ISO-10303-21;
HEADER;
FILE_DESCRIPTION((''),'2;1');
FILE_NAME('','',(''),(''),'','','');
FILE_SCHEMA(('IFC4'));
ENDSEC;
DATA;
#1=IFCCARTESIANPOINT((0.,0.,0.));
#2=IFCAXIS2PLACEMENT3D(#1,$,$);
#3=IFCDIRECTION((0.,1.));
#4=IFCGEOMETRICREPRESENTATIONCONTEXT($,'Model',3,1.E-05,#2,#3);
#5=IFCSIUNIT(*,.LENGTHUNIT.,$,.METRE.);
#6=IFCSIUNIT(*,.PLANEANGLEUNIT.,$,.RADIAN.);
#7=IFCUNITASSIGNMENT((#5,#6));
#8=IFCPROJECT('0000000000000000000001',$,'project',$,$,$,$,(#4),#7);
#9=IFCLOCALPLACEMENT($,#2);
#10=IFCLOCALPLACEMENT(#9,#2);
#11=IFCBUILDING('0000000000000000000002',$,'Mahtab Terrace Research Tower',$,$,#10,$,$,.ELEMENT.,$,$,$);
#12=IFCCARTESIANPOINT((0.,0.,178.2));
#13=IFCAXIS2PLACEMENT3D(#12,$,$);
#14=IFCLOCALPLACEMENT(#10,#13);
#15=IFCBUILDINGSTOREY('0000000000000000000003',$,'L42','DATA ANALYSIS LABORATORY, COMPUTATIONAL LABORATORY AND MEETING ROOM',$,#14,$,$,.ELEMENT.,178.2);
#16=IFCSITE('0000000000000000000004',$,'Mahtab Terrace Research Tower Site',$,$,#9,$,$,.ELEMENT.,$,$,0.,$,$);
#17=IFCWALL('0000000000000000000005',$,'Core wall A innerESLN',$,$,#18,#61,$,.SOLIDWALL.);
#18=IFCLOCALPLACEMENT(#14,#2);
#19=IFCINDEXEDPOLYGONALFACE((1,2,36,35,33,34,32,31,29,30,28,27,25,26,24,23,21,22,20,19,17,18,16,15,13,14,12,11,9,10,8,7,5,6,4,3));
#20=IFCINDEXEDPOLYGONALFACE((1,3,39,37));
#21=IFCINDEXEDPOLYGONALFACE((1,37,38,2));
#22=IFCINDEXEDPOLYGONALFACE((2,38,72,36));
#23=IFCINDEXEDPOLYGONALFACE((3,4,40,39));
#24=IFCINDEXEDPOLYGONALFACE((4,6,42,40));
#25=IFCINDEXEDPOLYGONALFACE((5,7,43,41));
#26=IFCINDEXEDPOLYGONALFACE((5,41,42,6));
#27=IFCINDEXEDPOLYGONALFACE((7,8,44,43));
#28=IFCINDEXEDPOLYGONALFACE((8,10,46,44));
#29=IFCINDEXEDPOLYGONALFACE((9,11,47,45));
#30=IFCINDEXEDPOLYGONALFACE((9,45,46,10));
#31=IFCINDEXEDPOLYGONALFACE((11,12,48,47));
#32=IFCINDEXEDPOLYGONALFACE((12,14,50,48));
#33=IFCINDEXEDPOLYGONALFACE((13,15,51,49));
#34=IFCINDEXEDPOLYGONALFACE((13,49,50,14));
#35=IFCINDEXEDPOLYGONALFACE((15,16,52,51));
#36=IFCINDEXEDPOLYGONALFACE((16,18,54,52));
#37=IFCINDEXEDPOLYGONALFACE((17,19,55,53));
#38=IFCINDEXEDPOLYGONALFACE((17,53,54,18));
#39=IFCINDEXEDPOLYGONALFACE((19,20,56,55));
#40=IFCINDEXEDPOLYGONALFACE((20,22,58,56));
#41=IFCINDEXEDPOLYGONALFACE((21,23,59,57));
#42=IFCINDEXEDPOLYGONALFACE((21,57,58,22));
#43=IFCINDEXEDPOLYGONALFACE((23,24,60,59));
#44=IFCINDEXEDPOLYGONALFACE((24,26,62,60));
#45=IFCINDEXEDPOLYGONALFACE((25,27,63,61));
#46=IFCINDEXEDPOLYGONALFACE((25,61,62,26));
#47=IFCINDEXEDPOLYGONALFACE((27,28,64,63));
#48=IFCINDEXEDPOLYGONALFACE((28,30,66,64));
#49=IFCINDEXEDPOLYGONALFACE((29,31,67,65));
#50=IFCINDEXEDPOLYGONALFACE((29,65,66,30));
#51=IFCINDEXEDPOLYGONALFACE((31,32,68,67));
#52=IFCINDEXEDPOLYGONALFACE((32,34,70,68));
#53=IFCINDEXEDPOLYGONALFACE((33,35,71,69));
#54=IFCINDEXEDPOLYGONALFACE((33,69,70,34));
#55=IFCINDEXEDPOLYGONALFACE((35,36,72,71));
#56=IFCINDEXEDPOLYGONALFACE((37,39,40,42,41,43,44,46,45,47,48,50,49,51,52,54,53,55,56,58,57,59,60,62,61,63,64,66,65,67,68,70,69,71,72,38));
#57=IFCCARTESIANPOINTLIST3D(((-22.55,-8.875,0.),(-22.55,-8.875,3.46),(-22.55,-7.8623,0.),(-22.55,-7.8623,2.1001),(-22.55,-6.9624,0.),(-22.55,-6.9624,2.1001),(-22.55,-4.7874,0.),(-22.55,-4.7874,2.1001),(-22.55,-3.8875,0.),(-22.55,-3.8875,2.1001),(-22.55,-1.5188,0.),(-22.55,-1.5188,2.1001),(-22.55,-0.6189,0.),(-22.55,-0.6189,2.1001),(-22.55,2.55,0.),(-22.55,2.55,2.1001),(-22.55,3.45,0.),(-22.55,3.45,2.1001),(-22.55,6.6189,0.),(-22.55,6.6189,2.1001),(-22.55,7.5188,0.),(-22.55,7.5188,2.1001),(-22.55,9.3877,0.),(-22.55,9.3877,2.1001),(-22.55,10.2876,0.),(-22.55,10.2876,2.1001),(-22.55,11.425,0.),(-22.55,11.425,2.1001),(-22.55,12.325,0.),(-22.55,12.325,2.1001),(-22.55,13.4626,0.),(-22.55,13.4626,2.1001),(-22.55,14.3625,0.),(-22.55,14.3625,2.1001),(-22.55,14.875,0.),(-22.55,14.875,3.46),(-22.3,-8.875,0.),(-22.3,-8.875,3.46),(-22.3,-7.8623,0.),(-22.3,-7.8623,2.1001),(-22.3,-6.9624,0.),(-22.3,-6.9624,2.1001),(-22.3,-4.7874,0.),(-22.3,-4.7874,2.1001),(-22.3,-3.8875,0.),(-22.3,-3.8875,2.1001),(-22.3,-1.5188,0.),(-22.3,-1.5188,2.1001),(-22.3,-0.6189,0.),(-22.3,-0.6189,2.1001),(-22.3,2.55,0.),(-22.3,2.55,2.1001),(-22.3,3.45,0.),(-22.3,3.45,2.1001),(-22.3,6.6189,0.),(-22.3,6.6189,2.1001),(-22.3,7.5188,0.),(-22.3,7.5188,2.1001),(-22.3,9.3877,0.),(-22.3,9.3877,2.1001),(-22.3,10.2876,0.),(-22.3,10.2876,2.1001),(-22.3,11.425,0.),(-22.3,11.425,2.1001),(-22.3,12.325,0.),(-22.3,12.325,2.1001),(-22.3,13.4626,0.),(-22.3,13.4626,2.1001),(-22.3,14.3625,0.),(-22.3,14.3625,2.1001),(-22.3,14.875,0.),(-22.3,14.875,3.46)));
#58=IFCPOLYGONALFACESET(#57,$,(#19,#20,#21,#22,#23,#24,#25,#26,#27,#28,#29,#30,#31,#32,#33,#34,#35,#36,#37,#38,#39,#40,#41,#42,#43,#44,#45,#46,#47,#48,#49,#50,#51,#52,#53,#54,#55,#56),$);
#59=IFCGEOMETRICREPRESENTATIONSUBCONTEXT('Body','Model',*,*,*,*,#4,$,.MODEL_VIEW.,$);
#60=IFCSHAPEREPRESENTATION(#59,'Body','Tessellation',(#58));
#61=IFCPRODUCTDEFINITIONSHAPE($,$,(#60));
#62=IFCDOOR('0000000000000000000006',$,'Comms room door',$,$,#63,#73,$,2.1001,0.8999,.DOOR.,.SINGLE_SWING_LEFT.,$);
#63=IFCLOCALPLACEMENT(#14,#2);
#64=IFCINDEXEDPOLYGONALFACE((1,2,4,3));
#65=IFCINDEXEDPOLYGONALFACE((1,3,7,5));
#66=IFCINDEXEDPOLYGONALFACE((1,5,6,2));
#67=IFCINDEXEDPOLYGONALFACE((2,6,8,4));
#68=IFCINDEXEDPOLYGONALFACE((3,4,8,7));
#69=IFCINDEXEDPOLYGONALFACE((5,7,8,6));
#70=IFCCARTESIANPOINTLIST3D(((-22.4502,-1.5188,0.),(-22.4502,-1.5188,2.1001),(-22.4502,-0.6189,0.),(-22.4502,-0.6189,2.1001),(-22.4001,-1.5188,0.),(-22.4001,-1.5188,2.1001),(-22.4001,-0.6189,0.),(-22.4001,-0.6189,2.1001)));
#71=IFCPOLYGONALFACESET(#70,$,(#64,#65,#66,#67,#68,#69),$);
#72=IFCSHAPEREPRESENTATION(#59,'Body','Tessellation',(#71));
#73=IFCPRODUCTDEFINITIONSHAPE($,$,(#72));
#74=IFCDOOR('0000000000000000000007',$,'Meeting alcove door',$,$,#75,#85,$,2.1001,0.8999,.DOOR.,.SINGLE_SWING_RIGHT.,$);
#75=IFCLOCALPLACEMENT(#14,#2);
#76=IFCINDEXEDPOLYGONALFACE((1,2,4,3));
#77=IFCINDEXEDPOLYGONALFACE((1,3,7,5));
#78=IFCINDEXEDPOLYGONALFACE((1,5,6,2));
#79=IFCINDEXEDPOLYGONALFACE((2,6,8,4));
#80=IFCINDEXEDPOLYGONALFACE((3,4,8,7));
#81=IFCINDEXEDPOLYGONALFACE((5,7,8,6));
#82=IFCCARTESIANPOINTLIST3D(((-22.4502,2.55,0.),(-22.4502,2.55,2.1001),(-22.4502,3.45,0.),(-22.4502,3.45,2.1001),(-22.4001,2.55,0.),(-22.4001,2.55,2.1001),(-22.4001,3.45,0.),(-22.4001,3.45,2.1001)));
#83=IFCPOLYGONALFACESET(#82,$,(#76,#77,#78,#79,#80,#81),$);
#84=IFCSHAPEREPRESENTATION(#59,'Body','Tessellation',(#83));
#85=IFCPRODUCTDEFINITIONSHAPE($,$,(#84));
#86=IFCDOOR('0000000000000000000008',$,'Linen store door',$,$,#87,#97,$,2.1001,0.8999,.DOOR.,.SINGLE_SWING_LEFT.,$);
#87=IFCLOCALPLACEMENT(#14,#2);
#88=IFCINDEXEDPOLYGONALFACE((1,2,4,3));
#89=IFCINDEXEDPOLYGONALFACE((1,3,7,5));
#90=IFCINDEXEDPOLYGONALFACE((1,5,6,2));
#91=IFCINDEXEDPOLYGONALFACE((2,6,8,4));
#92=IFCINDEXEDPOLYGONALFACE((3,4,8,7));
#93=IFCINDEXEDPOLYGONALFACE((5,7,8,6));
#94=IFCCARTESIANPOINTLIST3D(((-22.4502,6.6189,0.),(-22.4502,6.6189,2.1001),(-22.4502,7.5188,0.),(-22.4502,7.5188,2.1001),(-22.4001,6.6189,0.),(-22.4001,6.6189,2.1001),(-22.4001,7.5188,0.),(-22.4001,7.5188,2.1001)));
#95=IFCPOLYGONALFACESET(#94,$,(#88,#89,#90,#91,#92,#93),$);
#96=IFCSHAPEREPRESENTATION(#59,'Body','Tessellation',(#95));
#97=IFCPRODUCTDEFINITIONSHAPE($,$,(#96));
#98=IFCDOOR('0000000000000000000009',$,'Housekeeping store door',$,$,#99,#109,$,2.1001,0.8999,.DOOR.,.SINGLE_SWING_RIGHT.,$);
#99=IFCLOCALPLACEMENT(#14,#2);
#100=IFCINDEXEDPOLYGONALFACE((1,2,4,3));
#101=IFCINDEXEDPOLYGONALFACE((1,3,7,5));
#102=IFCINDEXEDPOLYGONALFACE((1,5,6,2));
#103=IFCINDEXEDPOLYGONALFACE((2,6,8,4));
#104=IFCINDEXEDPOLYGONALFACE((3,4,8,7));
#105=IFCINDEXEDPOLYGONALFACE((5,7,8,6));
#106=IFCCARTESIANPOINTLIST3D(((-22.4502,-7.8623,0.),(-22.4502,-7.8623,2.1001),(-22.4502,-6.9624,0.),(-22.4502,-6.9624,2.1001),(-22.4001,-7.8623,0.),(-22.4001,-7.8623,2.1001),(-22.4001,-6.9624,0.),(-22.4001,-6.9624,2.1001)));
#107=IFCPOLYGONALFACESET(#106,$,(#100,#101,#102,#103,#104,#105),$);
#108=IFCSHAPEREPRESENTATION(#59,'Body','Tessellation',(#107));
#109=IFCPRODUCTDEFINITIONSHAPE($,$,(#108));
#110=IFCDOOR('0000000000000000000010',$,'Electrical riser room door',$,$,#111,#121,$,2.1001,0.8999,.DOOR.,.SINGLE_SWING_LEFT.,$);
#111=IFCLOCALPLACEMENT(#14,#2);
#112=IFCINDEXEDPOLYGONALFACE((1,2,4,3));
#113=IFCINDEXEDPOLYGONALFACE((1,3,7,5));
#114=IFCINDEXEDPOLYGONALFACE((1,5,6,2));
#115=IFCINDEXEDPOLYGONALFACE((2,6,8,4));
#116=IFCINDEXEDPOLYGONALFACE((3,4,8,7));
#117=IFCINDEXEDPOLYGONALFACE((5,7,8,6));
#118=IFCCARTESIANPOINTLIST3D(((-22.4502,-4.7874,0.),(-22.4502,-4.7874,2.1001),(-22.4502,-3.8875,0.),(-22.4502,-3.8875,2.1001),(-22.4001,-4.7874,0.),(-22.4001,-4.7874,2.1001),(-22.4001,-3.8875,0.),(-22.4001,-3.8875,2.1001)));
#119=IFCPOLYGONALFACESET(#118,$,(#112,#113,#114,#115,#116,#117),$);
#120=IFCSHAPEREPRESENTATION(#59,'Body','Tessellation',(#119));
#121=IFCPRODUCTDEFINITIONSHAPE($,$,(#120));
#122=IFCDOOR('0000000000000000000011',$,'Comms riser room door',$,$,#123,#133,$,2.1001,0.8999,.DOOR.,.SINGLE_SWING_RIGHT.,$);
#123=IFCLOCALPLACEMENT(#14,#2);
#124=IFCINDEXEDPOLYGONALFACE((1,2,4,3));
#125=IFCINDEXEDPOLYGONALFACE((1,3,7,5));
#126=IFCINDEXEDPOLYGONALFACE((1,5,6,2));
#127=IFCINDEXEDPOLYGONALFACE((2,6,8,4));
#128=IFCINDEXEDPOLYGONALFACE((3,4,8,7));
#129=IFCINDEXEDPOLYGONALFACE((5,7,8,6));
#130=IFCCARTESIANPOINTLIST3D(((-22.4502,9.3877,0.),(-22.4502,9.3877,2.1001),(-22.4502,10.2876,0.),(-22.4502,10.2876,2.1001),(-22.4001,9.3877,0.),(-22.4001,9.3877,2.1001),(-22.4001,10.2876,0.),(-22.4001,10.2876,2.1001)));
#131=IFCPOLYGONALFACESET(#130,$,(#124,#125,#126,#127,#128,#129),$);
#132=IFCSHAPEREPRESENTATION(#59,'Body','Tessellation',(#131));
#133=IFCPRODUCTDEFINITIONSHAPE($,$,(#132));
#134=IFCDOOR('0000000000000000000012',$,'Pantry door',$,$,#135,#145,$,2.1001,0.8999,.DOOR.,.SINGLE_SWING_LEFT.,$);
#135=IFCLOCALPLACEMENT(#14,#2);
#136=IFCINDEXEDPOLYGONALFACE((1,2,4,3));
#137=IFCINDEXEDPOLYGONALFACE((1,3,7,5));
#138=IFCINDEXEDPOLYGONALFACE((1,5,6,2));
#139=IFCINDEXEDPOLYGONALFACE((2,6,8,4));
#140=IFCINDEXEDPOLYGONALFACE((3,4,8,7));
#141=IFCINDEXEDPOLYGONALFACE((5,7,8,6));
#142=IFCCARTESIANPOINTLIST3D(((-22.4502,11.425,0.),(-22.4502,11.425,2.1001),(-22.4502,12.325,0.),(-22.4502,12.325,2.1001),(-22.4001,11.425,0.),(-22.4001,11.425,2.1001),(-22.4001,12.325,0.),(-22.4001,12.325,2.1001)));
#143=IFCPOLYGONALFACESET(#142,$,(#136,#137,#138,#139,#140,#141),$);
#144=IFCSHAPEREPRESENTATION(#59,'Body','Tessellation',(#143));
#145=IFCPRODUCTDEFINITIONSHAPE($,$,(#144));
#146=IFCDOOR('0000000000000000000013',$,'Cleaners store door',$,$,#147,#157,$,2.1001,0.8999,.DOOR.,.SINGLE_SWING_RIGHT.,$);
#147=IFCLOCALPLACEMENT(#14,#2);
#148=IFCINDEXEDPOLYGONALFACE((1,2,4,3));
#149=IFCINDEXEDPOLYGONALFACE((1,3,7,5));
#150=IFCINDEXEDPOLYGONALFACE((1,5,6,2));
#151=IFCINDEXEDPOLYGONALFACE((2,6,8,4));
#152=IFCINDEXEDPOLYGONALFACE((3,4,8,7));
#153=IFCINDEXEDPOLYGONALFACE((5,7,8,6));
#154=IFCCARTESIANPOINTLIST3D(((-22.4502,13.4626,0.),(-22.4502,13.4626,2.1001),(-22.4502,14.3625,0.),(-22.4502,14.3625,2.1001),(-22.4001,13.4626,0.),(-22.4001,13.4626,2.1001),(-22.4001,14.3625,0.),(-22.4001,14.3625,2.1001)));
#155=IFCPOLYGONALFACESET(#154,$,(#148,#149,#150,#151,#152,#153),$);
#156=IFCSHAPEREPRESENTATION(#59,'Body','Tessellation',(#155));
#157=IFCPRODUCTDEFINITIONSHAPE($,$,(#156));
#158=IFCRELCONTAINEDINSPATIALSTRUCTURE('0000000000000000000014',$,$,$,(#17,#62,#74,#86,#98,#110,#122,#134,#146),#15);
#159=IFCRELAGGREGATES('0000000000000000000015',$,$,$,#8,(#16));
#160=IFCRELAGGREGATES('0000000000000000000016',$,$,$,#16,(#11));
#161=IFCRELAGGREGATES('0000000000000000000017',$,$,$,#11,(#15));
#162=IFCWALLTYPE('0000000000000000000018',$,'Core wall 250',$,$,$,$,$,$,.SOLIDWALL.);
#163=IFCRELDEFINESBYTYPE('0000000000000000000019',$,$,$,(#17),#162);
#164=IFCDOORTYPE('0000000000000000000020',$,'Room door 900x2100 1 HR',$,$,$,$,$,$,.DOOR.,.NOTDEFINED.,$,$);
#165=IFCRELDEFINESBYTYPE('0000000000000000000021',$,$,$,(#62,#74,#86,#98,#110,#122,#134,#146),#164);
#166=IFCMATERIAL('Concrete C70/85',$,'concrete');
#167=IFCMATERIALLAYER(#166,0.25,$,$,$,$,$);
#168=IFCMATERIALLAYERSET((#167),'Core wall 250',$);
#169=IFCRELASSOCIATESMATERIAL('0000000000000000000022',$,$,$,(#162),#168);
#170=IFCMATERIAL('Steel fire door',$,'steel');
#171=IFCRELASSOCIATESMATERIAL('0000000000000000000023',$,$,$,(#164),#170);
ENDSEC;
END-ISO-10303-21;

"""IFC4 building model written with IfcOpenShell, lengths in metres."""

from ifc_helpers import new_model, si_unit, direction, frame, frame_2d, origin, place, context, subcontext, project, spatial, rectangle, extrude, material, layer, layer_set, type_object, element, fill, save


model = new_model("IFC4")

# Units and contexts
model_context = context("Model", 3, precision=1e-05, world=origin(), true_north=direction((0.0, 1.0)))
body_context = subcontext(model_context, "Body", "Model", "MODEL_VIEW")
ifc_project = project(units=[si_unit("LENGTHUNIT", "METRE"), si_unit("PLANEANGLEUNIT", "RADIAN")], contexts=[model_context])

# Site, building, storey
site_placement = place(None, origin())
site = spatial("IfcSite", under=ifc_project, at=site_placement, Name="Mahtab Terrace Research Tower Site", CompositionType="ELEMENT", RefElevation=0.0)
building_placement = place(site_placement, origin())
building = spatial("IfcBuilding", under=site, at=building_placement, Name="Mahtab Terrace Research Tower", CompositionType="ELEMENT")
storey_placement = place(building_placement, frame((0.0, 0.0, 178.2)))
storey = spatial("IfcBuildingStorey", under=building, at=storey_placement, Name="L42", Description="DATA ANALYSIS LABORATORY, COMPUTATIONAL LABORATORY AND MEETING ROOM", CompositionType="ELEMENT", Elevation=178.2)

# Shared definitions
ifc_material_1 = material(Name="Concrete C70/85", Category="concrete")

# Shared definitions
ifc_layer_1 = layer(ifc_material_1, 0.25)
ifc_layer_set_1 = layer_set([ifc_layer_1], Name="Core wall 250")
wall_type_1 = type_object("IfcWallType", Name="Core wall 250", PredefinedType="SOLIDWALL", material=ifc_layer_set_1)
ifc_material_2 = material(Name="Steel fire door", Category="steel")

# Wall, openings, doors
wall_1_placement = place(storey_placement, frame((-22.425, 14.875, 0.0), z_axis=(0.0, 0.0, 1.0), x_axis=(0.0, -1.0, 0.0)))
wall_1 = element("IfcWall", 1, at=wall_1_placement, inside=storey, type_object=wall_type_1, Name="Core wall A innerESLN", PredefinedType="SOLIDWALL", context=body_context, shape_type="SweptSolid", body=[
    extrude(rectangle(XDim=23.75, YDim=0.25, at=frame_2d((11.875, 0.0))), origin(), (0.0, 0.0, 1.0), 3.46),
])
opening_1_placement = place(wall_1_placement, frame((15.4939, 0.0, 0.0)))
opening_1 = element("IfcOpeningElement", 2, at=opening_1_placement, cuts=wall_1, PredefinedType="OPENING", context=body_context, shape_type="SweptSolid", body=[
    extrude(rectangle(XDim=0.8999, YDim=2.1001, at=frame_2d((0.45, 1.05))), frame((0.0, 0.135, 0.0), z_axis=(0.0, -1.0, 0.0), x_axis=(1.0, 0.0, 0.0)), (0.0, 0.0, 1.0), 0.27),
])
opening_2_placement = place(wall_1_placement, frame((11.425, 0.0, 0.0)))
opening_2 = element("IfcOpeningElement", 3, at=opening_2_placement, cuts=wall_1, PredefinedType="OPENING", context=body_context, shape_type="SweptSolid", body=[
    extrude(rectangle(XDim=0.8999, YDim=2.1001, at=frame_2d((0.45, 1.05))), frame((0.0, 0.135, 0.0), z_axis=(0.0, -1.0, 0.0), x_axis=(1.0, 0.0, 0.0)), (0.0, 0.0, 1.0), 0.27),
])
opening_3_placement = place(wall_1_placement, frame((7.3562, 0.0, 0.0)))
opening_3 = element("IfcOpeningElement", 4, at=opening_3_placement, cuts=wall_1, PredefinedType="OPENING", context=body_context, shape_type="SweptSolid", body=[
    extrude(rectangle(XDim=0.8999, YDim=2.1001, at=frame_2d((0.45, 1.05))), frame((0.0, 0.135, 0.0), z_axis=(0.0, -1.0, 0.0), x_axis=(1.0, 0.0, 0.0)), (0.0, 0.0, 1.0), 0.27),
])
opening_4_placement = place(wall_1_placement, frame((21.8374, 0.0, 0.0)))
opening_4 = element("IfcOpeningElement", 5, at=opening_4_placement, cuts=wall_1, PredefinedType="OPENING", context=body_context, shape_type="SweptSolid", body=[
    extrude(rectangle(XDim=0.8999, YDim=2.1001, at=frame_2d((0.45, 1.05))), frame((0.0, 0.135, 0.0), z_axis=(0.0, -1.0, 0.0), x_axis=(1.0, 0.0, 0.0)), (0.0, 0.0, 1.0), 0.27),
])
opening_5_placement = place(wall_1_placement, frame((18.7625, 0.0, 0.0)))
opening_5 = element("IfcOpeningElement", 6, at=opening_5_placement, cuts=wall_1, PredefinedType="OPENING", context=body_context, shape_type="SweptSolid", body=[
    extrude(rectangle(XDim=0.8999, YDim=2.1001, at=frame_2d((0.45, 1.05))), frame((0.0, 0.135, 0.0), z_axis=(0.0, -1.0, 0.0), x_axis=(1.0, 0.0, 0.0)), (0.0, 0.0, 1.0), 0.27),
])
opening_6_placement = place(wall_1_placement, frame((4.5874, 0.0, 0.0)))
opening_6 = element("IfcOpeningElement", 7, at=opening_6_placement, cuts=wall_1, PredefinedType="OPENING", context=body_context, shape_type="SweptSolid", body=[
    extrude(rectangle(XDim=0.8999, YDim=2.1001, at=frame_2d((0.45, 1.05))), frame((0.0, 0.135, 0.0), z_axis=(0.0, -1.0, 0.0), x_axis=(1.0, 0.0, 0.0)), (0.0, 0.0, 1.0), 0.27),
])
opening_7_placement = place(wall_1_placement, frame((2.55, 0.0, 0.0)))
opening_7 = element("IfcOpeningElement", 8, at=opening_7_placement, cuts=wall_1, PredefinedType="OPENING", context=body_context, shape_type="SweptSolid", body=[
    extrude(rectangle(XDim=0.8999, YDim=2.1001, at=frame_2d((0.45, 1.05))), frame((0.0, 0.135, 0.0), z_axis=(0.0, -1.0, 0.0), x_axis=(1.0, 0.0, 0.0)), (0.0, 0.0, 1.0), 0.27),
])
opening_8_placement = place(wall_1_placement, frame((0.5125, 0.0, 0.0)))
opening_8 = element("IfcOpeningElement", 9, at=opening_8_placement, cuts=wall_1, PredefinedType="OPENING", context=body_context, shape_type="SweptSolid", body=[
    extrude(rectangle(XDim=0.8999, YDim=2.1001, at=frame_2d((0.45, 1.05))), frame((0.0, 0.135, 0.0), z_axis=(0.0, -1.0, 0.0), x_axis=(1.0, 0.0, 0.0)), (0.0, 0.0, 1.0), 0.27),
])
door_type_1 = type_object("IfcDoorType", Name="Room door 900x2100 1 HR", OperationType="NOTDEFINED", PredefinedType="DOOR", material=ifc_material_2)
door_1_placement = place(opening_1_placement, origin())
door_1 = element("IfcDoor", 10, at=door_1_placement, inside=storey, type_object=door_type_1, Name="Comms room door", OperationType="SINGLE_SWING_LEFT", OverallHeight=2.1001, OverallWidth=0.8999, PredefinedType="DOOR", context=body_context, shape_type="SweptSolid", body=[
    extrude(rectangle(XDim=0.8999, YDim=2.1001, at=frame_2d((0.45, 1.05))), frame((0.0, 0.0249, 0.0), z_axis=(0.0, -1.0, 0.0), x_axis=(1.0, 0.0, 0.0)), (0.0, 0.0, 1.0), 0.05),
])
fill(opening_1, door_1)
door_2_placement = place(opening_2_placement, origin())
door_2 = element("IfcDoor", 11, at=door_2_placement, inside=storey, type_object=door_type_1, Name="Meeting alcove door", OperationType="SINGLE_SWING_RIGHT", OverallHeight=2.1001, OverallWidth=0.8999, PredefinedType="DOOR", context=body_context, shape_type="SweptSolid", body=[
    extrude(rectangle(XDim=0.8999, YDim=2.1001, at=frame_2d((0.45, 1.05))), frame((0.0, 0.0249, 0.0), z_axis=(0.0, -1.0, 0.0), x_axis=(1.0, 0.0, 0.0)), (0.0, 0.0, 1.0), 0.05),
])
fill(opening_2, door_2)
door_3_placement = place(opening_3_placement, origin())
door_3 = element("IfcDoor", 12, at=door_3_placement, inside=storey, type_object=door_type_1, Name="Linen store door", OperationType="SINGLE_SWING_LEFT", OverallHeight=2.1001, OverallWidth=0.8999, PredefinedType="DOOR", context=body_context, shape_type="SweptSolid", body=[
    extrude(rectangle(XDim=0.8999, YDim=2.1001, at=frame_2d((0.45, 1.05))), frame((0.0, 0.0249, 0.0), z_axis=(0.0, -1.0, 0.0), x_axis=(1.0, 0.0, 0.0)), (0.0, 0.0, 1.0), 0.05),
])
fill(opening_3, door_3)
door_4_placement = place(opening_4_placement, origin())
door_4 = element("IfcDoor", 13, at=door_4_placement, inside=storey, type_object=door_type_1, Name="Housekeeping store door", OperationType="SINGLE_SWING_RIGHT", OverallHeight=2.1001, OverallWidth=0.8999, PredefinedType="DOOR", context=body_context, shape_type="SweptSolid", body=[
    extrude(rectangle(XDim=0.8999, YDim=2.1001, at=frame_2d((0.45, 1.05))), frame((0.0, 0.0249, 0.0), z_axis=(0.0, -1.0, 0.0), x_axis=(1.0, 0.0, 0.0)), (0.0, 0.0, 1.0), 0.05),
])
fill(opening_4, door_4)
door_5_placement = place(opening_5_placement, origin())
door_5 = element("IfcDoor", 14, at=door_5_placement, inside=storey, type_object=door_type_1, Name="Electrical riser room door", OperationType="SINGLE_SWING_LEFT", OverallHeight=2.1001, OverallWidth=0.8999, PredefinedType="DOOR", context=body_context, shape_type="SweptSolid", body=[
    extrude(rectangle(XDim=0.8999, YDim=2.1001, at=frame_2d((0.45, 1.05))), frame((0.0, 0.0249, 0.0), z_axis=(0.0, -1.0, 0.0), x_axis=(1.0, 0.0, 0.0)), (0.0, 0.0, 1.0), 0.05),
])
fill(opening_5, door_5)
door_6_placement = place(opening_6_placement, origin())
door_6 = element("IfcDoor", 15, at=door_6_placement, inside=storey, type_object=door_type_1, Name="Comms riser room door", OperationType="SINGLE_SWING_RIGHT", OverallHeight=2.1001, OverallWidth=0.8999, PredefinedType="DOOR", context=body_context, shape_type="SweptSolid", body=[
    extrude(rectangle(XDim=0.8999, YDim=2.1001, at=frame_2d((0.45, 1.05))), frame((0.0, 0.0249, 0.0), z_axis=(0.0, -1.0, 0.0), x_axis=(1.0, 0.0, 0.0)), (0.0, 0.0, 1.0), 0.05),
])
fill(opening_6, door_6)
door_7_placement = place(opening_7_placement, origin())
door_7 = element("IfcDoor", 16, at=door_7_placement, inside=storey, type_object=door_type_1, Name="Pantry door", OperationType="SINGLE_SWING_LEFT", OverallHeight=2.1001, OverallWidth=0.8999, PredefinedType="DOOR", context=body_context, shape_type="SweptSolid", body=[
    extrude(rectangle(XDim=0.8999, YDim=2.1001, at=frame_2d((0.45, 1.05))), frame((0.0, 0.0249, 0.0), z_axis=(0.0, -1.0, 0.0), x_axis=(1.0, 0.0, 0.0)), (0.0, 0.0, 1.0), 0.05),
])
fill(opening_7, door_7)
door_8_placement = place(opening_8_placement, origin())
door_8 = element("IfcDoor", 17, at=door_8_placement, inside=storey, type_object=door_type_1, Name="Cleaners store door", OperationType="SINGLE_SWING_RIGHT", OverallHeight=2.1001, OverallWidth=0.8999, PredefinedType="DOOR", context=body_context, shape_type="SweptSolid", body=[
    extrude(rectangle(XDim=0.8999, YDim=2.1001, at=frame_2d((0.45, 1.05))), frame((0.0, 0.0249, 0.0), z_axis=(0.0, -1.0, 0.0), x_axis=(1.0, 0.0, 0.0)), (0.0, 0.0, 1.0), 0.05),
])
fill(opening_8, door_8)

save(model, "model.ifc")
